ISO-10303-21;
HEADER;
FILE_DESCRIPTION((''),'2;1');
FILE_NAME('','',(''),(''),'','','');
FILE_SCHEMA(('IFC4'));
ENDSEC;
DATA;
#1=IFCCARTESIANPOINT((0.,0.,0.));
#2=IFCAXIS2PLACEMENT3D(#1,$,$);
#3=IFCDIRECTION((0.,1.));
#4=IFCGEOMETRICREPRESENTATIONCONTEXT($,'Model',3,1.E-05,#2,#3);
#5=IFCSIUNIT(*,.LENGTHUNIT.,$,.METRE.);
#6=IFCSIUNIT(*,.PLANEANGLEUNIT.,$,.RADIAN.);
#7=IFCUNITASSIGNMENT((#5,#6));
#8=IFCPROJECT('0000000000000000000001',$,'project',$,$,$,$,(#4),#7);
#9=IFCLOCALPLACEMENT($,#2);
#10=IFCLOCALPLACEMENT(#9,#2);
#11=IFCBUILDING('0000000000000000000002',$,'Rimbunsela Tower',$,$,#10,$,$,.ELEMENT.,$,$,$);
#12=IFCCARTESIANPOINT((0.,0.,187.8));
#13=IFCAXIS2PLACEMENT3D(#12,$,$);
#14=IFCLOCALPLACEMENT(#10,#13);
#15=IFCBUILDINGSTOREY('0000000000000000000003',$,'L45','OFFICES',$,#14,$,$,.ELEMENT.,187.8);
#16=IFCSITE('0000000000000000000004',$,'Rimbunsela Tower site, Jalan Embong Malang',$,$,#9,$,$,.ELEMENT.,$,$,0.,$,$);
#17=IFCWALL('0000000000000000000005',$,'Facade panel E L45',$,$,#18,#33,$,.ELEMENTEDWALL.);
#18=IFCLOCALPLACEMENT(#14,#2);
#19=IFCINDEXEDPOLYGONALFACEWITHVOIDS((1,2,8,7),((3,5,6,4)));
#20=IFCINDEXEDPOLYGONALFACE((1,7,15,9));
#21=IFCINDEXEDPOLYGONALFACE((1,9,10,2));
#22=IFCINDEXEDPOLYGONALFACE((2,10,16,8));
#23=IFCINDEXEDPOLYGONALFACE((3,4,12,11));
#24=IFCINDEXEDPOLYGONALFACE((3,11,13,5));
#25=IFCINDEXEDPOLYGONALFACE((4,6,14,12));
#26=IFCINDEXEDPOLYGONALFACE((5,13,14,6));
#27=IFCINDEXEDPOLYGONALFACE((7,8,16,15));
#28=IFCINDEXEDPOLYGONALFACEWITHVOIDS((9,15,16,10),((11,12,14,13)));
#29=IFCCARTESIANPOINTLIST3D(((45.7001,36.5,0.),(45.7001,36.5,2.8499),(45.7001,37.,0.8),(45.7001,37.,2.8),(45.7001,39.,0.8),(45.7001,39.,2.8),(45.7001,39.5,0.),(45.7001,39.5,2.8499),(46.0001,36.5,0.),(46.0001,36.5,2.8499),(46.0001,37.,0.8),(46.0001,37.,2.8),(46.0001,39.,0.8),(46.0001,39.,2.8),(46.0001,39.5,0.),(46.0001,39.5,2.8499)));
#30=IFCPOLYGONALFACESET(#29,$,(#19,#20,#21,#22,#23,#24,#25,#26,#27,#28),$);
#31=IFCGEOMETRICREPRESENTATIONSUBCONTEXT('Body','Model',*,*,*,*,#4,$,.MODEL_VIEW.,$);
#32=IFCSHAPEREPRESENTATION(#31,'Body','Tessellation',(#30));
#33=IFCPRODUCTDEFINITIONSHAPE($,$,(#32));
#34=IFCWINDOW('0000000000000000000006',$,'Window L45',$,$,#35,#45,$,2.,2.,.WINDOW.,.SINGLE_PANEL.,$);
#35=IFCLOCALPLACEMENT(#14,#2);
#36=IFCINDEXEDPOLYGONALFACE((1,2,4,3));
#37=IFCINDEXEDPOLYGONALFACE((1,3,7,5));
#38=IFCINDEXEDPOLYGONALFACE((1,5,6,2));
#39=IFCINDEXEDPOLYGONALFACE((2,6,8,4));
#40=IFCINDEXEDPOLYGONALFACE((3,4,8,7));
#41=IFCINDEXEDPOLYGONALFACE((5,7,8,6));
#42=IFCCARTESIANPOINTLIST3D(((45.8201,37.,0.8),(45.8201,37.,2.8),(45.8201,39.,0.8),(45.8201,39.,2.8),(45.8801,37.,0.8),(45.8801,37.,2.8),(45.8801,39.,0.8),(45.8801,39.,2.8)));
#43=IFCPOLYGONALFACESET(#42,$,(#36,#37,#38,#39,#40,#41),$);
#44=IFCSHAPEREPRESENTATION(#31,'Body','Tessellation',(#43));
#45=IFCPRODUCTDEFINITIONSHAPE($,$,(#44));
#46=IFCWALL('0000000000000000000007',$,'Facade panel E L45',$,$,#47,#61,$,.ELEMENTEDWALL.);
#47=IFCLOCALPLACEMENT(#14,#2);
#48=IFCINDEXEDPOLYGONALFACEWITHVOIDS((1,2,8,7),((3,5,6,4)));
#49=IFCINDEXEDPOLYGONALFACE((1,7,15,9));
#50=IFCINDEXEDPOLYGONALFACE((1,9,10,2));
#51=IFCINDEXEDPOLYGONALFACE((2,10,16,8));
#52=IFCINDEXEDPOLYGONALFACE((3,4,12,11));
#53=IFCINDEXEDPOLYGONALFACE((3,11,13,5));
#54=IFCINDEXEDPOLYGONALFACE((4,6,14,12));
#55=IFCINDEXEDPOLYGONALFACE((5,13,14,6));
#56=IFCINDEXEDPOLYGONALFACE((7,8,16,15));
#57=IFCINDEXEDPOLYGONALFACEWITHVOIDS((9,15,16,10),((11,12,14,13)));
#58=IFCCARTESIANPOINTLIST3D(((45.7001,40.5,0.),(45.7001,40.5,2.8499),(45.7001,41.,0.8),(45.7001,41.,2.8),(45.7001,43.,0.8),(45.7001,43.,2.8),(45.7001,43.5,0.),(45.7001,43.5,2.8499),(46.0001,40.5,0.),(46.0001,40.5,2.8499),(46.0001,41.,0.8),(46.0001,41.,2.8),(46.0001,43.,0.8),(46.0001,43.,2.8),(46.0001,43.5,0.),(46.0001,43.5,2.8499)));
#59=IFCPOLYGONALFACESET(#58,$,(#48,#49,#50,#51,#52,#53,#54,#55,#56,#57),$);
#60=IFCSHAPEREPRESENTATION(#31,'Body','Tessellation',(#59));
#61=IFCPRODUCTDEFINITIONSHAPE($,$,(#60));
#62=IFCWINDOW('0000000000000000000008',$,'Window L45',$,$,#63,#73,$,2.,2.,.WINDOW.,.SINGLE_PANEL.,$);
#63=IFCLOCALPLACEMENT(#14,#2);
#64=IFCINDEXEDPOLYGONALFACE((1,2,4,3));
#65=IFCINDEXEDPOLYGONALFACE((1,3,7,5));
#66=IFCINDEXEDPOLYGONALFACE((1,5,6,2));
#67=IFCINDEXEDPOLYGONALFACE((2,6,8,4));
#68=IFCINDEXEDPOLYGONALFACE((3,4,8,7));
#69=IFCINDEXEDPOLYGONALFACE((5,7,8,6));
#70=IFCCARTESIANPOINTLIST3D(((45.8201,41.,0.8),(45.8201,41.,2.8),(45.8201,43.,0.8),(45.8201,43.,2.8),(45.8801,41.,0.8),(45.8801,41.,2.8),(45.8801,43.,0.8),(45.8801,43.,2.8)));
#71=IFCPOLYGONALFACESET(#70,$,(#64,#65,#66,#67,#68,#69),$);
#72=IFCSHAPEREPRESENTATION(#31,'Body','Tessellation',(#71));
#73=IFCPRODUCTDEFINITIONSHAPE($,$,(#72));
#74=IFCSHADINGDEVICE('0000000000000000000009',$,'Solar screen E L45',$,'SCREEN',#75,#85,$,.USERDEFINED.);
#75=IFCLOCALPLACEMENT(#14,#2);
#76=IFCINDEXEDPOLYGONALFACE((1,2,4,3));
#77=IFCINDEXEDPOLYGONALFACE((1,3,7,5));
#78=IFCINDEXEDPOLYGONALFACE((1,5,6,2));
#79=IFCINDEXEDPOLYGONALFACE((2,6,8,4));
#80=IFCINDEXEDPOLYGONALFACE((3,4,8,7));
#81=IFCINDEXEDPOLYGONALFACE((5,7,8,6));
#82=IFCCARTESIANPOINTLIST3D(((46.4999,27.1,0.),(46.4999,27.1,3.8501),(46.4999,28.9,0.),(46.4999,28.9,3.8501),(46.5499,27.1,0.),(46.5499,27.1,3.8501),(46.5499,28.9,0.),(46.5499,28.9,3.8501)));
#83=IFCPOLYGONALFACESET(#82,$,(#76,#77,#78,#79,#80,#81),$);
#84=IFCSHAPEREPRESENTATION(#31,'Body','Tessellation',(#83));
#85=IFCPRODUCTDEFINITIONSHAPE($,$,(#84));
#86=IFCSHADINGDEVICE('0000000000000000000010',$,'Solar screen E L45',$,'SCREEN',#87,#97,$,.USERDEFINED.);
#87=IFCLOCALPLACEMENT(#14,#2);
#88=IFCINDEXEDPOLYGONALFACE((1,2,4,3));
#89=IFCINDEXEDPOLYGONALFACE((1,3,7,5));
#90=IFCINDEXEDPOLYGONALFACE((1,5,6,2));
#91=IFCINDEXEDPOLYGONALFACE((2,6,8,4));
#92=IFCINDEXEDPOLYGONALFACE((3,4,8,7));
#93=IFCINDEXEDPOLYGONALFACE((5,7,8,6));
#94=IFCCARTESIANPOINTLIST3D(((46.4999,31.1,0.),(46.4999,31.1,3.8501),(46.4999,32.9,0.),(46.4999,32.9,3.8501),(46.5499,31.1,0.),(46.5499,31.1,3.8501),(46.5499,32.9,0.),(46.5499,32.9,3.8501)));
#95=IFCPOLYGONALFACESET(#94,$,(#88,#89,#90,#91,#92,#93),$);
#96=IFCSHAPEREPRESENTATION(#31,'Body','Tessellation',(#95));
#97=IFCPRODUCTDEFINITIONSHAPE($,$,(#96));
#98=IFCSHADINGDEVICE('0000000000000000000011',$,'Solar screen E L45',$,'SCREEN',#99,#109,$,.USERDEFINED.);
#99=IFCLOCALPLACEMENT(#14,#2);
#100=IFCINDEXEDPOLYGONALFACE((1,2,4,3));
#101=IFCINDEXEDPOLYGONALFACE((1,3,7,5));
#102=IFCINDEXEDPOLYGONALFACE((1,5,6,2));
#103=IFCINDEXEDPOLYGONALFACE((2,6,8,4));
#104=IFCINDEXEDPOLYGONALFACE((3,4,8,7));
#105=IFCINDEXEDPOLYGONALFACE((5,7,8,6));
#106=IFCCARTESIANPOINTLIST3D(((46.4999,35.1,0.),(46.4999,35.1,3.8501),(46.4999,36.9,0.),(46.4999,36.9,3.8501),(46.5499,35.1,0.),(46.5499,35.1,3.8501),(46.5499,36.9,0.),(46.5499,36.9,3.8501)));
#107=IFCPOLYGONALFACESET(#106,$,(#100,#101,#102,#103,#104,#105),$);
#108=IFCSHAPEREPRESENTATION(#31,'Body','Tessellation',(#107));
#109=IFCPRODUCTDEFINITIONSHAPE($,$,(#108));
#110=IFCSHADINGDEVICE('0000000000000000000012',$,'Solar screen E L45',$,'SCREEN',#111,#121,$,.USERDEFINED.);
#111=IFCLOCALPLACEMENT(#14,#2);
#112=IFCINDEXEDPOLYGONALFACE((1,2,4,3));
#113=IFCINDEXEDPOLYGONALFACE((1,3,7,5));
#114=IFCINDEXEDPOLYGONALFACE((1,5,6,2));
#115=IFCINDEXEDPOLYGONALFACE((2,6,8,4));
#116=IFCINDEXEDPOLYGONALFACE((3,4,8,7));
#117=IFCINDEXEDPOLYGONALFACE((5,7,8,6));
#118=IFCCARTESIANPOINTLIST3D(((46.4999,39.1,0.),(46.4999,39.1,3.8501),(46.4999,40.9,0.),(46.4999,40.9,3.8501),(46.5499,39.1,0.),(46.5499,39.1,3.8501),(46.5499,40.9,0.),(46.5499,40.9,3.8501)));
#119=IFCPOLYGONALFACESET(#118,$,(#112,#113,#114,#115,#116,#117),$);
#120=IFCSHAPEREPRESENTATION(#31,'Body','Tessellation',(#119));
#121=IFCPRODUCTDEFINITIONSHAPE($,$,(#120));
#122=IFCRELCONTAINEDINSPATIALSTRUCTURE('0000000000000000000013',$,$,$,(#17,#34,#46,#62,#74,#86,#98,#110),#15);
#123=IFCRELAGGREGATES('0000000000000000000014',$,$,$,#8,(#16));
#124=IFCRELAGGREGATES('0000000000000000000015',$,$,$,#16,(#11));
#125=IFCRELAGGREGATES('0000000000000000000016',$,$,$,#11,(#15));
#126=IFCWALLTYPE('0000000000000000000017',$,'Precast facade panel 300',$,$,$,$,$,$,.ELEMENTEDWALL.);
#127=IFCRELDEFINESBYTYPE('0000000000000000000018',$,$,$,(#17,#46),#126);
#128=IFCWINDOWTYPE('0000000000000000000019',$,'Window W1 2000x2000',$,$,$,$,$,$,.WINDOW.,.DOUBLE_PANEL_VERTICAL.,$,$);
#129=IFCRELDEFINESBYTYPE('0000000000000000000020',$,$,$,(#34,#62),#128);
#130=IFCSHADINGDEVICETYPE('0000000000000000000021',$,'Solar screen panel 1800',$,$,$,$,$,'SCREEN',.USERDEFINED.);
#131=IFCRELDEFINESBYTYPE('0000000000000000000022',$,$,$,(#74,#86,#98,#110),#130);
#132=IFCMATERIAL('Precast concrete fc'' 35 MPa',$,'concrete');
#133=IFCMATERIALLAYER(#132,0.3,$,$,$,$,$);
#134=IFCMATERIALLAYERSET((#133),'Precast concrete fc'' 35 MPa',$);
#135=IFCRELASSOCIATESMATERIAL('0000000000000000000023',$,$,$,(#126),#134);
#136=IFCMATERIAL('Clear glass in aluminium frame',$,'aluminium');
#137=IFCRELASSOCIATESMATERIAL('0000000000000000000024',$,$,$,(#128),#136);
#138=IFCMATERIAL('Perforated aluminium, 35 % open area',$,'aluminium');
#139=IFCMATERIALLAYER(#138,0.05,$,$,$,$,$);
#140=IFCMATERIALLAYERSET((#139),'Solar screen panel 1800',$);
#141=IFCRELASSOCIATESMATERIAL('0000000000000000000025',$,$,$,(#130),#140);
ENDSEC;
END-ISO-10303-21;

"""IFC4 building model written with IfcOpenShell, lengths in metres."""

from ifc_helpers import new_model, si_unit, direction, frame, frame_2d, origin, origin_2d, place, context, subcontext, project, spatial, rectangle, extrude, material, layer, layer_set, type_object, element, fill, save


model = new_model("IFC4")

# Units and contexts
model_context = context("Model", 3, precision=1e-05, world=origin(), true_north=direction((0.0, 1.0)))
body_context = subcontext(model_context, "Body", "Model", "MODEL_VIEW")
ifc_project = project(units=[si_unit("LENGTHUNIT", "METRE"), si_unit("PLANEANGLEUNIT", "RADIAN")], contexts=[model_context])

# Site, building, storey
site_placement = place(None, origin())
site = spatial("IfcSite", under=ifc_project, at=site_placement, Name="Rimbunsela Tower site, Jalan Embong Malang", CompositionType="ELEMENT", RefElevation=0.0)
building_placement = place(site_placement, origin())
building = spatial("IfcBuilding", under=site, at=building_placement, Name="Rimbunsela Tower", CompositionType="ELEMENT")
storey_placement = place(building_placement, frame((0.0, 0.0, 187.8)))
storey = spatial("IfcBuildingStorey", under=building, at=storey_placement, Name="L45", Description="OFFICES", CompositionType="ELEMENT", Elevation=187.8)

# Walls, openings, windows
ifc_material_1 = material(Name="Precast concrete fc' 35 MPa", Category="concrete")
ifc_layer_1 = layer(ifc_material_1, 0.3)
ifc_layer_set_1 = layer_set([ifc_layer_1], Name="Precast concrete fc' 35 MPa")
wall_type_1 = type_object("IfcWallType", Name="Precast facade panel 300", PredefinedType="ELEMENTEDWALL", material=ifc_layer_set_1)
ifc_material_2 = material(Name="Clear glass in aluminium frame", Category="aluminium")
window_type = type_object("IfcWindowType", Name="Window W1 2000x2000", PartitioningType="DOUBLE_PANEL_VERTICAL", PredefinedType="WINDOW", material=ifc_material_2)
wall_1_placement = place(storey_placement, frame((45.8501, 36.5, 0.0), z_axis=(0.0, 0.0, 1.0), x_axis=(0.0, 1.0, 0.0)))
wall_1 = element("IfcWall", 1, at=wall_1_placement, inside=storey, type_object=wall_type_1, Name="Facade panel E L45", PredefinedType="ELEMENTEDWALL", context=body_context, shape_type="SweptSolid", body=[
    extrude(rectangle(XDim=3.0, YDim=0.3, at=frame_2d((1.5, 0.0))), origin(), (0.0, 0.0, 1.0), 2.8499),
])
opening_1_placement = place(wall_1_placement, frame((0.5, 0.0, 0.8)))
opening_1 = element("IfcOpeningElement", 2, at=opening_1_placement, cuts=wall_1, PredefinedType="OPENING", context=body_context, shape_type="SweptSolid", body=[
    extrude(rectangle(XDim=2.0, YDim=2.0, at=frame_2d((1.0, 1.0))), frame((0.0, 0.1599, 0.0), z_axis=(0.0, -1.0, 0.0), x_axis=(1.0, 0.0, 0.0)), (0.0, 0.0, 1.0), 0.3201),
])
window_1_placement = place(opening_1_placement, origin())
window_1 = element("IfcWindow", 3, at=window_1_placement, inside=storey, type_object=window_type, Name="Window L45", OverallHeight=2.0, OverallWidth=2.0, PartitioningType="SINGLE_PANEL", PredefinedType="WINDOW", context=body_context, shape_type="SweptSolid", body=[
    extrude(rectangle(XDim=2.0, YDim=2.0, at=frame_2d((1.0, 1.0))), frame((0.0, 0.03, 0.0), z_axis=(0.0, -1.0, 0.0), x_axis=(1.0, 0.0, 0.0)), (0.0, 0.0, 1.0), 0.0601),
])
fill(opening_1, window_1)
wall_2_placement = place(storey_placement, frame((45.8501, 40.5, 0.0), z_axis=(0.0, 0.0, 1.0), x_axis=(0.0, 1.0, 0.0)))
wall_2 = element("IfcWall", 4, at=wall_2_placement, inside=storey, type_object=wall_type_1, Name="Facade panel E L45", PredefinedType="ELEMENTEDWALL", context=body_context, shape_type="SweptSolid", body=[
    extrude(rectangle(XDim=3.0, YDim=0.3, at=frame_2d((1.5, 0.0))), origin(), (0.0, 0.0, 1.0), 2.8499),
])
opening_2_placement = place(wall_2_placement, frame((0.5, 0.0, 0.8)))
opening_2 = element("IfcOpeningElement", 5, at=opening_2_placement, cuts=wall_2, PredefinedType="OPENING", context=body_context, shape_type="SweptSolid", body=[
    extrude(rectangle(XDim=2.0, YDim=2.0, at=frame_2d((1.0, 1.0))), frame((0.0, 0.1599, 0.0), z_axis=(0.0, -1.0, 0.0), x_axis=(1.0, 0.0, 0.0)), (0.0, 0.0, 1.0), 0.3201),
])
window_2_placement = place(opening_2_placement, origin())
window_2 = element("IfcWindow", 6, at=window_2_placement, inside=storey, type_object=window_type, Name="Window L45", OverallHeight=2.0, OverallWidth=2.0, PartitioningType="SINGLE_PANEL", PredefinedType="WINDOW", context=body_context, shape_type="SweptSolid", body=[
    extrude(rectangle(XDim=2.0, YDim=2.0, at=frame_2d((1.0, 1.0))), frame((0.0, 0.03, 0.0), z_axis=(0.0, -1.0, 0.0), x_axis=(1.0, 0.0, 0.0)), (0.0, 0.0, 1.0), 0.0601),
])
fill(opening_2, window_2)

# Shading devices
ifc_material_3 = material(Name="Perforated aluminium, 35 % open area", Category="aluminium")
ifc_layer_2 = layer(ifc_material_3, 0.05)
ifc_layer_set_2 = layer_set([ifc_layer_2], Name="Solar screen panel 1800")
shading_device_type = type_object("IfcShadingDeviceType", Name="Solar screen panel 1800", ElementType="SCREEN", PredefinedType="USERDEFINED", material=ifc_layer_set_2)
for number, where, z_axis, x_axis, name in (
    (7, (46.5249, 28.0, 0.0), (0.0, 0.0, 1.0), (0.0, 1.0, 0.0), "Solar screen E L45"),
    (8, (46.5249, 32.0, 0.0), (0.0, 0.0, 1.0), (0.0, 1.0, 0.0), "Solar screen E L45"),
    (9, (46.5249, 36.0, 0.0), (0.0, 0.0, 1.0), (0.0, 1.0, 0.0), "Solar screen E L45"),
    (10, (46.5249, 40.0, 0.0), (0.0, 0.0, 1.0), (0.0, 1.0, 0.0), "Solar screen E L45"),
):
    element("IfcShadingDevice", number, at=place(storey_placement, frame(where, z_axis=z_axis, x_axis=x_axis)), inside=storey, type_object=shading_device_type, Name=name, ObjectType="SCREEN", PredefinedType="USERDEFINED", context=body_context, shape_type="SweptSolid", body=[
        extrude(rectangle(XDim=1.8, YDim=0.05, at=origin_2d()), origin(), (0.0, 0.0, 1.0), 3.8501),
    ])

save(model, "model.ifc")
